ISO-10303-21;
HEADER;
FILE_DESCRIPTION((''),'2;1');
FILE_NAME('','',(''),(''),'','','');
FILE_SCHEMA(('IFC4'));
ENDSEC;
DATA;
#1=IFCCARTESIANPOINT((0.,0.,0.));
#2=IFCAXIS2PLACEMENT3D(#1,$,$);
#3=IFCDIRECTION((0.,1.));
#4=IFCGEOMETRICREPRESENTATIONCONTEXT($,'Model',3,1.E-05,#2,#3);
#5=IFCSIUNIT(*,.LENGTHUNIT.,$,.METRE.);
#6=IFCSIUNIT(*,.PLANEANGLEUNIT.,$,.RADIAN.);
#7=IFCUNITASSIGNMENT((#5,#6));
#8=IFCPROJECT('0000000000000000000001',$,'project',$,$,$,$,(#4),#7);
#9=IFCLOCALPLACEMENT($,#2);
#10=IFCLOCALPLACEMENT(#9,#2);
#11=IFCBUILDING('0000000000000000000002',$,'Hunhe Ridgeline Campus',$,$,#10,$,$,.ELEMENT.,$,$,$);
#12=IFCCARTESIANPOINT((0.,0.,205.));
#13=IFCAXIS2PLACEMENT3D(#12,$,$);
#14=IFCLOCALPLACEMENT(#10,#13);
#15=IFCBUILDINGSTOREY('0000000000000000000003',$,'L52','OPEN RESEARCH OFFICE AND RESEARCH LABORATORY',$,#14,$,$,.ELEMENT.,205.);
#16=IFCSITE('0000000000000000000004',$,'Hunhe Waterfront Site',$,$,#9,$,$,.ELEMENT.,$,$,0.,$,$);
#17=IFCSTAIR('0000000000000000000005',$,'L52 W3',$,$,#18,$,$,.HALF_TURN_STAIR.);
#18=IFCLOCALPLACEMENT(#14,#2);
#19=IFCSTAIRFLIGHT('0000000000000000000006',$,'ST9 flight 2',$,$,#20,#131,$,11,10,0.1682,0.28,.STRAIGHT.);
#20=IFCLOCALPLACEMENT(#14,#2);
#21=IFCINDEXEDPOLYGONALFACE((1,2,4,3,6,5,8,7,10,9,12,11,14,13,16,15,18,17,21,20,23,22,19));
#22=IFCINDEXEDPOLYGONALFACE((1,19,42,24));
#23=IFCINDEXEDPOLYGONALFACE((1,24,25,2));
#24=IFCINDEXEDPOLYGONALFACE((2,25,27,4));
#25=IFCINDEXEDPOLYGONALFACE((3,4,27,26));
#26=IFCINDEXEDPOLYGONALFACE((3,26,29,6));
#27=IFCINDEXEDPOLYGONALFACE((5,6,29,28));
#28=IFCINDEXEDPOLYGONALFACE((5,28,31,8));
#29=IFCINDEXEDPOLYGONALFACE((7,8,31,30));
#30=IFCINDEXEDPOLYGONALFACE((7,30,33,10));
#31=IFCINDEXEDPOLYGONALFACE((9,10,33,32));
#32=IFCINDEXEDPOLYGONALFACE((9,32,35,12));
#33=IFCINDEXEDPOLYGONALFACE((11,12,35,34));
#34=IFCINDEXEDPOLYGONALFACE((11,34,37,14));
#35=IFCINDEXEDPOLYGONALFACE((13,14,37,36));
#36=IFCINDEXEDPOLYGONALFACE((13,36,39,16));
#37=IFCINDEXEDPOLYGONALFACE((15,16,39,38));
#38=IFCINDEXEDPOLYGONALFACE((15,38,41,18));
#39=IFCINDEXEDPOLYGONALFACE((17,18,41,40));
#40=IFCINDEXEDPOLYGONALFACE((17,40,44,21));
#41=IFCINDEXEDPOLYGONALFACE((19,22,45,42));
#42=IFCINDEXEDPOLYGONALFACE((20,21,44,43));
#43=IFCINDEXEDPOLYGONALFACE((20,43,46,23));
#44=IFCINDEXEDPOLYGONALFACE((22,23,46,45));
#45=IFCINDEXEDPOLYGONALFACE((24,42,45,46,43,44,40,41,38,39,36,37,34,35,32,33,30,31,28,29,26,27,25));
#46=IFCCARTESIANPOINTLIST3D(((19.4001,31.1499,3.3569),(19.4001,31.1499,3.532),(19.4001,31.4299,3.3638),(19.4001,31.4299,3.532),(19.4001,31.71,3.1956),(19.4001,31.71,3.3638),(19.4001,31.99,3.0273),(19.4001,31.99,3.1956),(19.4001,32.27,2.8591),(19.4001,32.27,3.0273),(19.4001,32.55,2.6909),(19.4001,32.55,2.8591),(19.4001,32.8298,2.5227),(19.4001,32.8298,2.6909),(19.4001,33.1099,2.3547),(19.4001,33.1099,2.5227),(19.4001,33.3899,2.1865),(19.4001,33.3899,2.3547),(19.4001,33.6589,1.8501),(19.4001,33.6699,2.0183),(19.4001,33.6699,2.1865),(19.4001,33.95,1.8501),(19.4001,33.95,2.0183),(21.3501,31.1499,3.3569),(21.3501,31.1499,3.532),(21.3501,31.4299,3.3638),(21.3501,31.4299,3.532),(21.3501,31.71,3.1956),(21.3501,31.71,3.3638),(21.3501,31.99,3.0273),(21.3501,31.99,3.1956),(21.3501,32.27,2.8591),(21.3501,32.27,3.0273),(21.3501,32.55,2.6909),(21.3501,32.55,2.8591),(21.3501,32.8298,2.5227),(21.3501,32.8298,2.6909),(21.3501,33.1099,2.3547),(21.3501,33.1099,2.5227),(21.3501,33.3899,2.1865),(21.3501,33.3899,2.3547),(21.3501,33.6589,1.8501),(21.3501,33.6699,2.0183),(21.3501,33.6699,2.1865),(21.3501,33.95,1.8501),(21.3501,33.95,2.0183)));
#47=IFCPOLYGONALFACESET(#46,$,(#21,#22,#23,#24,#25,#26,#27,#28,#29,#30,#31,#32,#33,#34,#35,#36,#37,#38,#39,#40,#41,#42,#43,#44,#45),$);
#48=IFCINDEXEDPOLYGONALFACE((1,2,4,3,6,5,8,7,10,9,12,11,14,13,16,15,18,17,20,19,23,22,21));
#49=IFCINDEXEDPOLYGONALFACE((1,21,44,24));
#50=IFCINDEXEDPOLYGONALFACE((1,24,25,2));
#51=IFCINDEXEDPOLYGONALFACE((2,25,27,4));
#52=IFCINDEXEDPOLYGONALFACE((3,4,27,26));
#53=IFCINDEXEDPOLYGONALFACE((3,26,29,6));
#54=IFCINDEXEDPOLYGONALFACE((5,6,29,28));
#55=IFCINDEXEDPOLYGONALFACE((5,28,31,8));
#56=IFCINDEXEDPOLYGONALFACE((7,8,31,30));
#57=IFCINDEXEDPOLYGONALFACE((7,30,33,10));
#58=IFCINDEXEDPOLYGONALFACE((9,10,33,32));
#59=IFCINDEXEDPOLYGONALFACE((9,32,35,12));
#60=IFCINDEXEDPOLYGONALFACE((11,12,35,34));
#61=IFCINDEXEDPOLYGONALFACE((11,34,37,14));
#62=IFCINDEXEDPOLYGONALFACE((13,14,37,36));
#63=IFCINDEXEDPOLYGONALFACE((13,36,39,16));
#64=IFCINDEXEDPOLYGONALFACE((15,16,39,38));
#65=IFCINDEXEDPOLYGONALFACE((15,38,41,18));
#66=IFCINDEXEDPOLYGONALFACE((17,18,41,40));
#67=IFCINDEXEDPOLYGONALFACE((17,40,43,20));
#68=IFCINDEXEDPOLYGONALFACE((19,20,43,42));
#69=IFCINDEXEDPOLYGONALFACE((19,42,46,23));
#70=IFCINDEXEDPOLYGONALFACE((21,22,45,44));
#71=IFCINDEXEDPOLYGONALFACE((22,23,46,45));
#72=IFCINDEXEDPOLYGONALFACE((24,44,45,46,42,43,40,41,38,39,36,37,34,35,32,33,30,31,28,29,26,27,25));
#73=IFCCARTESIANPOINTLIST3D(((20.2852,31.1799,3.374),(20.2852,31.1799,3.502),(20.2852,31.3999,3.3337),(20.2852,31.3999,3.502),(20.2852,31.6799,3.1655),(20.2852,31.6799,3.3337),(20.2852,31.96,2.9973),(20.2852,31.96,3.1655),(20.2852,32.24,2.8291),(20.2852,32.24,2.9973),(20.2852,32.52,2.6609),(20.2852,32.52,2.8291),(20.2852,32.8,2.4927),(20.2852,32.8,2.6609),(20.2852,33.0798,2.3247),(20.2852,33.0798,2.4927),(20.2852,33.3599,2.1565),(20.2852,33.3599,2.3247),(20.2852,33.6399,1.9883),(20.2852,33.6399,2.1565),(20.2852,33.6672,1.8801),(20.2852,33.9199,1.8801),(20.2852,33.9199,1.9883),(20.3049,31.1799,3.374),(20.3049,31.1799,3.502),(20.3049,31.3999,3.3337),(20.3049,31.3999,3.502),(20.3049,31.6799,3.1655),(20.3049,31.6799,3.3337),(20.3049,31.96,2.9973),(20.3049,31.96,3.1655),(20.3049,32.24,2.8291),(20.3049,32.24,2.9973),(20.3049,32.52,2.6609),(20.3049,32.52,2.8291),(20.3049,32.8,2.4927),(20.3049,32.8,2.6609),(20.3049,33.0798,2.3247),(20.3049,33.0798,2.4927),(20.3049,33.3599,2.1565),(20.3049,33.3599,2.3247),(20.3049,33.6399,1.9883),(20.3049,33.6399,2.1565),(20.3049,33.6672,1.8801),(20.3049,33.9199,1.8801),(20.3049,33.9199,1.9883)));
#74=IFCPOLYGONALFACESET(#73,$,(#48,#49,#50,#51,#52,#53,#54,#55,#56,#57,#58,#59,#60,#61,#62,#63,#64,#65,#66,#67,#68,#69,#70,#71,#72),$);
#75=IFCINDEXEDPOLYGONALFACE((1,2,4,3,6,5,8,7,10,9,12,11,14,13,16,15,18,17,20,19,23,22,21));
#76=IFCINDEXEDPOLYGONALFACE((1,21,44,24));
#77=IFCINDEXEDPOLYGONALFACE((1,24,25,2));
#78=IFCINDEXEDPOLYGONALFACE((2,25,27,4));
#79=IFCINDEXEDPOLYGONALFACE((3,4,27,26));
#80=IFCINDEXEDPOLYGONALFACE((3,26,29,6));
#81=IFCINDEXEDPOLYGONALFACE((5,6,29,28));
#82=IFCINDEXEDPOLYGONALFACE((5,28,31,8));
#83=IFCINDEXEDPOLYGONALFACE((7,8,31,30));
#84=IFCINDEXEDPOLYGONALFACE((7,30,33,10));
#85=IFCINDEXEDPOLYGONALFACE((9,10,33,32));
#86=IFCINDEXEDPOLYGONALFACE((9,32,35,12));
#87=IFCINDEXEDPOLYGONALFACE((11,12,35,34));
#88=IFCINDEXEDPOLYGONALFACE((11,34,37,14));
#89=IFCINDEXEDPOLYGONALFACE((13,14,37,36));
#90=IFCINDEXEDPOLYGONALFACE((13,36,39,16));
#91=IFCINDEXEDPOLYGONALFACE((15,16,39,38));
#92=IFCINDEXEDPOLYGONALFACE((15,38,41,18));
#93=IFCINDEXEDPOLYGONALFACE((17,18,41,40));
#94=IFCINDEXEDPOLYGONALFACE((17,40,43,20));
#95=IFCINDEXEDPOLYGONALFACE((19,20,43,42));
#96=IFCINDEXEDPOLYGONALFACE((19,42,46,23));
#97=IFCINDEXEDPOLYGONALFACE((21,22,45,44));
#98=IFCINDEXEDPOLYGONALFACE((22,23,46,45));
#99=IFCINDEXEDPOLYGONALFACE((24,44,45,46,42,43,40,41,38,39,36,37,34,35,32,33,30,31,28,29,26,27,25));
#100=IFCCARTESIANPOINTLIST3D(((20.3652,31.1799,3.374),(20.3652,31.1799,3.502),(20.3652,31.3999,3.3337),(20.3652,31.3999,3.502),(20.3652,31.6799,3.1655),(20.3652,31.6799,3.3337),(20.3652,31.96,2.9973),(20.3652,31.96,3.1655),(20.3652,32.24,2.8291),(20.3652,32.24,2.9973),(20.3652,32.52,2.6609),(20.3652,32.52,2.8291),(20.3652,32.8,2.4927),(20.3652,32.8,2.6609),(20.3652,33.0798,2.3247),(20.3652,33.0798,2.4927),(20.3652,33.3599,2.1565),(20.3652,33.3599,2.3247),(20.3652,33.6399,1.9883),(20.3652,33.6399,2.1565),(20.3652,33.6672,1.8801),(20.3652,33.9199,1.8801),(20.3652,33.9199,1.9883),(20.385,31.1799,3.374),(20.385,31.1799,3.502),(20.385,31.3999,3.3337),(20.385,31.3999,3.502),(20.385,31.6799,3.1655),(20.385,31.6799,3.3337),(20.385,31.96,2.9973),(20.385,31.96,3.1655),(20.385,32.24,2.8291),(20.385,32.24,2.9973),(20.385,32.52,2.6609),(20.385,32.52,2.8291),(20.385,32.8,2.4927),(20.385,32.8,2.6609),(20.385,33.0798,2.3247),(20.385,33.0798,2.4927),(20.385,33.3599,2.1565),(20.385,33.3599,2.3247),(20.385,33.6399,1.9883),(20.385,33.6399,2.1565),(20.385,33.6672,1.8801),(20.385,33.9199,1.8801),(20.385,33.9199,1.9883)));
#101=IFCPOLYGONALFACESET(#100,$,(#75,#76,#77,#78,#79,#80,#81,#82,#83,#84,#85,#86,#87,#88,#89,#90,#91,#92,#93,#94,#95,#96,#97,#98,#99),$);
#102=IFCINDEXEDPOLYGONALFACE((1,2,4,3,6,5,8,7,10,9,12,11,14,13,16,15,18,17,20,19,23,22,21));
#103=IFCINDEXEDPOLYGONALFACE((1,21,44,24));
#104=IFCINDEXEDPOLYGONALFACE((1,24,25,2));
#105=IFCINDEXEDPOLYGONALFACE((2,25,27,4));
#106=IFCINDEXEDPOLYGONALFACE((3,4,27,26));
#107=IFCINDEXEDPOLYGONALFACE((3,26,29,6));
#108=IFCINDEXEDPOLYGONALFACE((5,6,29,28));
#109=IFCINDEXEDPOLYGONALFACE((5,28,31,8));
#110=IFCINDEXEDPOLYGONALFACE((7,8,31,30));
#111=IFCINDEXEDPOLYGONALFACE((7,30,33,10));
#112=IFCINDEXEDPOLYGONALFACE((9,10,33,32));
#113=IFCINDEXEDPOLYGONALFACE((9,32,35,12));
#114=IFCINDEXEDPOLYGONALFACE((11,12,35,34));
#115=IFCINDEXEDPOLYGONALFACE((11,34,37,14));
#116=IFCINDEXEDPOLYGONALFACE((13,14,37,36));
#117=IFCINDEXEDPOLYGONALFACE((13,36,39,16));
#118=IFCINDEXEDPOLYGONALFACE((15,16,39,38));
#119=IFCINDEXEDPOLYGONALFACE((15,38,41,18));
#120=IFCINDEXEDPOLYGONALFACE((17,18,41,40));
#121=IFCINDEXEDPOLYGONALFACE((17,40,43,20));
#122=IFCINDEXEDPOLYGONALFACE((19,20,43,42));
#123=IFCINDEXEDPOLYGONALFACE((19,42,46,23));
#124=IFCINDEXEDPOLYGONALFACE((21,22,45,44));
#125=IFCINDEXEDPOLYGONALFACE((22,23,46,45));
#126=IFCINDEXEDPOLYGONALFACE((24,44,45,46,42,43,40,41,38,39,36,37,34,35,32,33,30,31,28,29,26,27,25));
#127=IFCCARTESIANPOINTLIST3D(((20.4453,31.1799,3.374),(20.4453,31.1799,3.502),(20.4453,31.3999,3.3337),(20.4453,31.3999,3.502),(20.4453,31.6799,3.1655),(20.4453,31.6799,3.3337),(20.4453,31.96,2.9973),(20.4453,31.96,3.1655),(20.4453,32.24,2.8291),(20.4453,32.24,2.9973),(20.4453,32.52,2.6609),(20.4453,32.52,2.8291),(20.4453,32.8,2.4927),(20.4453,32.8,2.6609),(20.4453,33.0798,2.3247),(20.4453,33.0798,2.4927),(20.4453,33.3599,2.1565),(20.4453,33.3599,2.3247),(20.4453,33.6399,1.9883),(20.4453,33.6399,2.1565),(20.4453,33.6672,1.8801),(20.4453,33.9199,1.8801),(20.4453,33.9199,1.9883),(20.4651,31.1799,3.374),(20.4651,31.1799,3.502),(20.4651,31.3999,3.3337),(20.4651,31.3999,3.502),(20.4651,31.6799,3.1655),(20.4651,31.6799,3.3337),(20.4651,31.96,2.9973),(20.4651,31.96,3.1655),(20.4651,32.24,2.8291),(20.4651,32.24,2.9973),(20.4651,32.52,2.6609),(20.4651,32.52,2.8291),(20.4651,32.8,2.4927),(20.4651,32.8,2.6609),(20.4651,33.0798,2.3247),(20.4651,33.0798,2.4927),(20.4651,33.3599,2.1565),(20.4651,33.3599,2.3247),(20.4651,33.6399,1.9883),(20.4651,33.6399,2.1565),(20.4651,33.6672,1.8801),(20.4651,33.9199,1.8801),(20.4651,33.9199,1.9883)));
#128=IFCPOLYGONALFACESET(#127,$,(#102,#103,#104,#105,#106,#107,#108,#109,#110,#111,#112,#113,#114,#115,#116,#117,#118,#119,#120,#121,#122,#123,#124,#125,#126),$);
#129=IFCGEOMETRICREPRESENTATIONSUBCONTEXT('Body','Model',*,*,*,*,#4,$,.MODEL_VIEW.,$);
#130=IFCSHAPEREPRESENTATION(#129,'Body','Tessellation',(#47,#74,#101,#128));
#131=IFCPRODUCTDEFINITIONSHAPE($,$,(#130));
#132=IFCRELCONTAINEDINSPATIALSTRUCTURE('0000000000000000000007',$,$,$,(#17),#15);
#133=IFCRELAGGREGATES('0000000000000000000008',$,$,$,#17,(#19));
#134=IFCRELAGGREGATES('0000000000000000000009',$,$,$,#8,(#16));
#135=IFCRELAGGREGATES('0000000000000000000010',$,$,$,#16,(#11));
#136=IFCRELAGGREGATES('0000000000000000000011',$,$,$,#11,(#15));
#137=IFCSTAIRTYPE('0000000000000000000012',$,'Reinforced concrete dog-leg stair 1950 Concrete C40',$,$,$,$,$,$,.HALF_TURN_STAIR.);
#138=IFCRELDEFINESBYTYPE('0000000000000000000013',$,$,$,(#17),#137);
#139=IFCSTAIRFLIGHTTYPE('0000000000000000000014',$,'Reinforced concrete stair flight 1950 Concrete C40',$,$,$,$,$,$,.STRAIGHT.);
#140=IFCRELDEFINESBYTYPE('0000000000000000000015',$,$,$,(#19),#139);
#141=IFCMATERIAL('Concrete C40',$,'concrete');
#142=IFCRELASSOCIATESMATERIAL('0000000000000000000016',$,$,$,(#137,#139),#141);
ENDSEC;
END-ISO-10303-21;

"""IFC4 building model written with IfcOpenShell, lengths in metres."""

from ifc_helpers import new_model, si_unit, direction, frame, origin, place, context, subcontext, project, spatial, polyline, outline, extrude, material, type_object, element, aggregate, save


model = new_model("IFC4")

# Units and contexts
model_context = context("Model", 3, precision=1e-05, world=origin(), true_north=direction((0.0, 1.0)))
body_context = subcontext(model_context, "Body", "Model", "MODEL_VIEW")
ifc_project = project(units=[si_unit("LENGTHUNIT", "METRE"), si_unit("PLANEANGLEUNIT", "RADIAN")], contexts=[model_context])

# Site, building, storey
site_placement = place(None, origin())
site = spatial("IfcSite", under=ifc_project, at=site_placement, Name="Hunhe Waterfront Site", CompositionType="ELEMENT", RefElevation=0.0)
building_placement = place(site_placement, origin())
building = spatial("IfcBuilding", under=site, at=building_placement, Name="Hunhe Ridgeline Campus", CompositionType="ELEMENT")
storey_placement = place(building_placement, frame((0.0, 0.0, 205.0)))
storey = spatial("IfcBuildingStorey", under=building, at=storey_placement, Name="L52", Description="OPEN RESEARCH OFFICE AND RESEARCH LABORATORY", CompositionType="ELEMENT", Elevation=205.0)

# Stair, stair flight
ifc_material_1 = material(Name="Concrete C40", Category="concrete")
stair_type = type_object("IfcStairType", Name="Reinforced concrete dog-leg stair 1950 Concrete C40", PredefinedType="HALF_TURN_STAIR", material=ifc_material_1)
stair_placement = place(storey_placement, origin())
stair = element("IfcStair", 1, at=stair_placement, inside=storey, type_object=stair_type, Name="L52 W3", PredefinedType="HALF_TURN_STAIR")
stair_flight_type = type_object("IfcStairFlightType", Name="Reinforced concrete stair flight 1950 Concrete C40", PredefinedType="STRAIGHT", material=ifc_material_1)
stair_flight_1_placement = place(storey_placement, frame((20.375, 33.95, 1.8501), z_axis=(0.0, 0.0, 1.0), x_axis=(0.0, -1.0, 0.0)))
stair_flight_1 = element("IfcStairFlight", 2, at=stair_flight_1_placement, type_object=stair_flight_type, Name="ST9 flight 2", NumberOfRisers=11, NumberOfTreads=10, PredefinedType="STRAIGHT", RiserHeight=0.1682, TreadLength=0.28, context=body_context, shape_type="SweptSolid", body=[
    extrude(outline(polyline([(0.0, 0.0), (0.0, 0.1682), (0.28, 0.1682), (0.28, 0.3364), (0.5601, 0.3364), (0.5601, 0.5046), (0.8401, 0.5046), (0.8401, 0.6726), (1.1201, 0.6726), (1.1201, 0.8408), (1.3999, 0.8408), (1.3999, 1.009), (1.6799, 1.009), (1.6799, 1.1772), (1.96, 1.1772), (1.96, 1.3455), (2.24, 1.3455), (2.24, 1.5137), (2.52, 1.5137), (2.52, 1.6819), (2.8, 1.6819), (2.8, 1.8501), (2.8, 1.5068), (0.291, 0.0), (0.0, 0.0)])), frame((0.0, 0.9751, 0.0), z_axis=(0.0, -1.0, 0.0), x_axis=(1.0, 0.0, 0.0)), (0.0, 0.0, 1.0), 1.95),
    extrude(outline(polyline([(0.03, 0.03), (0.03, 0.1382), (0.3101, 0.1382), (0.3101, 0.3064), (0.5901, 0.3064), (0.5901, 0.4746), (0.8701, 0.4746), (0.8701, 0.6426), (1.1499, 0.6426), (1.1499, 0.8108), (1.4299, 0.8108), (1.4299, 0.979), (1.71, 0.979), (1.71, 1.1472), (1.99, 1.1472), (1.99, 1.3154), (2.27, 1.3154), (2.27, 1.4836), (2.55, 1.4836), (2.55, 1.6519), (2.77, 1.6519), (2.77, 1.5239), (0.2827, 0.03), (0.03, 0.03)])), frame((0.0, -0.0701, 0.0), z_axis=(0.0, -1.0, 0.0), x_axis=(1.0, 0.0, 0.0)), (0.0, 0.0, 1.0), 0.0198),
    extrude(outline(polyline([(0.03, 0.03), (0.03, 0.1382), (0.3101, 0.1382), (0.3101, 0.3064), (0.5901, 0.3064), (0.5901, 0.4746), (0.8701, 0.4746), (0.8701, 0.6426), (1.1499, 0.6426), (1.1499, 0.8108), (1.4299, 0.8108), (1.4299, 0.979), (1.71, 0.979), (1.71, 1.1472), (1.99, 1.1472), (1.99, 1.3154), (2.27, 1.3154), (2.27, 1.4836), (2.55, 1.4836), (2.55, 1.6519), (2.77, 1.6519), (2.77, 1.5239), (0.2827, 0.03), (0.03, 0.03)])), frame((0.0, 0.01, 0.0), z_axis=(0.0, -1.0, 0.0), x_axis=(1.0, 0.0, 0.0)), (0.0, 0.0, 1.0), 0.0198),
    extrude(outline(polyline([(0.03, 0.03), (0.03, 0.1382), (0.3101, 0.1382), (0.3101, 0.3064), (0.5901, 0.3064), (0.5901, 0.4746), (0.8701, 0.4746), (0.8701, 0.6426), (1.1499, 0.6426), (1.1499, 0.8108), (1.4299, 0.8108), (1.4299, 0.979), (1.71, 0.979), (1.71, 1.1472), (1.99, 1.1472), (1.99, 1.3154), (2.27, 1.3154), (2.27, 1.4836), (2.55, 1.4836), (2.55, 1.6519), (2.77, 1.6519), (2.77, 1.5239), (0.2827, 0.03), (0.03, 0.03)])), frame((0.0, 0.0901, 0.0), z_axis=(0.0, -1.0, 0.0), x_axis=(1.0, 0.0, 0.0)), (0.0, 0.0, 1.0), 0.0198),
])
aggregate(stair, [stair_flight_1])

save(model, "model.ifc")
